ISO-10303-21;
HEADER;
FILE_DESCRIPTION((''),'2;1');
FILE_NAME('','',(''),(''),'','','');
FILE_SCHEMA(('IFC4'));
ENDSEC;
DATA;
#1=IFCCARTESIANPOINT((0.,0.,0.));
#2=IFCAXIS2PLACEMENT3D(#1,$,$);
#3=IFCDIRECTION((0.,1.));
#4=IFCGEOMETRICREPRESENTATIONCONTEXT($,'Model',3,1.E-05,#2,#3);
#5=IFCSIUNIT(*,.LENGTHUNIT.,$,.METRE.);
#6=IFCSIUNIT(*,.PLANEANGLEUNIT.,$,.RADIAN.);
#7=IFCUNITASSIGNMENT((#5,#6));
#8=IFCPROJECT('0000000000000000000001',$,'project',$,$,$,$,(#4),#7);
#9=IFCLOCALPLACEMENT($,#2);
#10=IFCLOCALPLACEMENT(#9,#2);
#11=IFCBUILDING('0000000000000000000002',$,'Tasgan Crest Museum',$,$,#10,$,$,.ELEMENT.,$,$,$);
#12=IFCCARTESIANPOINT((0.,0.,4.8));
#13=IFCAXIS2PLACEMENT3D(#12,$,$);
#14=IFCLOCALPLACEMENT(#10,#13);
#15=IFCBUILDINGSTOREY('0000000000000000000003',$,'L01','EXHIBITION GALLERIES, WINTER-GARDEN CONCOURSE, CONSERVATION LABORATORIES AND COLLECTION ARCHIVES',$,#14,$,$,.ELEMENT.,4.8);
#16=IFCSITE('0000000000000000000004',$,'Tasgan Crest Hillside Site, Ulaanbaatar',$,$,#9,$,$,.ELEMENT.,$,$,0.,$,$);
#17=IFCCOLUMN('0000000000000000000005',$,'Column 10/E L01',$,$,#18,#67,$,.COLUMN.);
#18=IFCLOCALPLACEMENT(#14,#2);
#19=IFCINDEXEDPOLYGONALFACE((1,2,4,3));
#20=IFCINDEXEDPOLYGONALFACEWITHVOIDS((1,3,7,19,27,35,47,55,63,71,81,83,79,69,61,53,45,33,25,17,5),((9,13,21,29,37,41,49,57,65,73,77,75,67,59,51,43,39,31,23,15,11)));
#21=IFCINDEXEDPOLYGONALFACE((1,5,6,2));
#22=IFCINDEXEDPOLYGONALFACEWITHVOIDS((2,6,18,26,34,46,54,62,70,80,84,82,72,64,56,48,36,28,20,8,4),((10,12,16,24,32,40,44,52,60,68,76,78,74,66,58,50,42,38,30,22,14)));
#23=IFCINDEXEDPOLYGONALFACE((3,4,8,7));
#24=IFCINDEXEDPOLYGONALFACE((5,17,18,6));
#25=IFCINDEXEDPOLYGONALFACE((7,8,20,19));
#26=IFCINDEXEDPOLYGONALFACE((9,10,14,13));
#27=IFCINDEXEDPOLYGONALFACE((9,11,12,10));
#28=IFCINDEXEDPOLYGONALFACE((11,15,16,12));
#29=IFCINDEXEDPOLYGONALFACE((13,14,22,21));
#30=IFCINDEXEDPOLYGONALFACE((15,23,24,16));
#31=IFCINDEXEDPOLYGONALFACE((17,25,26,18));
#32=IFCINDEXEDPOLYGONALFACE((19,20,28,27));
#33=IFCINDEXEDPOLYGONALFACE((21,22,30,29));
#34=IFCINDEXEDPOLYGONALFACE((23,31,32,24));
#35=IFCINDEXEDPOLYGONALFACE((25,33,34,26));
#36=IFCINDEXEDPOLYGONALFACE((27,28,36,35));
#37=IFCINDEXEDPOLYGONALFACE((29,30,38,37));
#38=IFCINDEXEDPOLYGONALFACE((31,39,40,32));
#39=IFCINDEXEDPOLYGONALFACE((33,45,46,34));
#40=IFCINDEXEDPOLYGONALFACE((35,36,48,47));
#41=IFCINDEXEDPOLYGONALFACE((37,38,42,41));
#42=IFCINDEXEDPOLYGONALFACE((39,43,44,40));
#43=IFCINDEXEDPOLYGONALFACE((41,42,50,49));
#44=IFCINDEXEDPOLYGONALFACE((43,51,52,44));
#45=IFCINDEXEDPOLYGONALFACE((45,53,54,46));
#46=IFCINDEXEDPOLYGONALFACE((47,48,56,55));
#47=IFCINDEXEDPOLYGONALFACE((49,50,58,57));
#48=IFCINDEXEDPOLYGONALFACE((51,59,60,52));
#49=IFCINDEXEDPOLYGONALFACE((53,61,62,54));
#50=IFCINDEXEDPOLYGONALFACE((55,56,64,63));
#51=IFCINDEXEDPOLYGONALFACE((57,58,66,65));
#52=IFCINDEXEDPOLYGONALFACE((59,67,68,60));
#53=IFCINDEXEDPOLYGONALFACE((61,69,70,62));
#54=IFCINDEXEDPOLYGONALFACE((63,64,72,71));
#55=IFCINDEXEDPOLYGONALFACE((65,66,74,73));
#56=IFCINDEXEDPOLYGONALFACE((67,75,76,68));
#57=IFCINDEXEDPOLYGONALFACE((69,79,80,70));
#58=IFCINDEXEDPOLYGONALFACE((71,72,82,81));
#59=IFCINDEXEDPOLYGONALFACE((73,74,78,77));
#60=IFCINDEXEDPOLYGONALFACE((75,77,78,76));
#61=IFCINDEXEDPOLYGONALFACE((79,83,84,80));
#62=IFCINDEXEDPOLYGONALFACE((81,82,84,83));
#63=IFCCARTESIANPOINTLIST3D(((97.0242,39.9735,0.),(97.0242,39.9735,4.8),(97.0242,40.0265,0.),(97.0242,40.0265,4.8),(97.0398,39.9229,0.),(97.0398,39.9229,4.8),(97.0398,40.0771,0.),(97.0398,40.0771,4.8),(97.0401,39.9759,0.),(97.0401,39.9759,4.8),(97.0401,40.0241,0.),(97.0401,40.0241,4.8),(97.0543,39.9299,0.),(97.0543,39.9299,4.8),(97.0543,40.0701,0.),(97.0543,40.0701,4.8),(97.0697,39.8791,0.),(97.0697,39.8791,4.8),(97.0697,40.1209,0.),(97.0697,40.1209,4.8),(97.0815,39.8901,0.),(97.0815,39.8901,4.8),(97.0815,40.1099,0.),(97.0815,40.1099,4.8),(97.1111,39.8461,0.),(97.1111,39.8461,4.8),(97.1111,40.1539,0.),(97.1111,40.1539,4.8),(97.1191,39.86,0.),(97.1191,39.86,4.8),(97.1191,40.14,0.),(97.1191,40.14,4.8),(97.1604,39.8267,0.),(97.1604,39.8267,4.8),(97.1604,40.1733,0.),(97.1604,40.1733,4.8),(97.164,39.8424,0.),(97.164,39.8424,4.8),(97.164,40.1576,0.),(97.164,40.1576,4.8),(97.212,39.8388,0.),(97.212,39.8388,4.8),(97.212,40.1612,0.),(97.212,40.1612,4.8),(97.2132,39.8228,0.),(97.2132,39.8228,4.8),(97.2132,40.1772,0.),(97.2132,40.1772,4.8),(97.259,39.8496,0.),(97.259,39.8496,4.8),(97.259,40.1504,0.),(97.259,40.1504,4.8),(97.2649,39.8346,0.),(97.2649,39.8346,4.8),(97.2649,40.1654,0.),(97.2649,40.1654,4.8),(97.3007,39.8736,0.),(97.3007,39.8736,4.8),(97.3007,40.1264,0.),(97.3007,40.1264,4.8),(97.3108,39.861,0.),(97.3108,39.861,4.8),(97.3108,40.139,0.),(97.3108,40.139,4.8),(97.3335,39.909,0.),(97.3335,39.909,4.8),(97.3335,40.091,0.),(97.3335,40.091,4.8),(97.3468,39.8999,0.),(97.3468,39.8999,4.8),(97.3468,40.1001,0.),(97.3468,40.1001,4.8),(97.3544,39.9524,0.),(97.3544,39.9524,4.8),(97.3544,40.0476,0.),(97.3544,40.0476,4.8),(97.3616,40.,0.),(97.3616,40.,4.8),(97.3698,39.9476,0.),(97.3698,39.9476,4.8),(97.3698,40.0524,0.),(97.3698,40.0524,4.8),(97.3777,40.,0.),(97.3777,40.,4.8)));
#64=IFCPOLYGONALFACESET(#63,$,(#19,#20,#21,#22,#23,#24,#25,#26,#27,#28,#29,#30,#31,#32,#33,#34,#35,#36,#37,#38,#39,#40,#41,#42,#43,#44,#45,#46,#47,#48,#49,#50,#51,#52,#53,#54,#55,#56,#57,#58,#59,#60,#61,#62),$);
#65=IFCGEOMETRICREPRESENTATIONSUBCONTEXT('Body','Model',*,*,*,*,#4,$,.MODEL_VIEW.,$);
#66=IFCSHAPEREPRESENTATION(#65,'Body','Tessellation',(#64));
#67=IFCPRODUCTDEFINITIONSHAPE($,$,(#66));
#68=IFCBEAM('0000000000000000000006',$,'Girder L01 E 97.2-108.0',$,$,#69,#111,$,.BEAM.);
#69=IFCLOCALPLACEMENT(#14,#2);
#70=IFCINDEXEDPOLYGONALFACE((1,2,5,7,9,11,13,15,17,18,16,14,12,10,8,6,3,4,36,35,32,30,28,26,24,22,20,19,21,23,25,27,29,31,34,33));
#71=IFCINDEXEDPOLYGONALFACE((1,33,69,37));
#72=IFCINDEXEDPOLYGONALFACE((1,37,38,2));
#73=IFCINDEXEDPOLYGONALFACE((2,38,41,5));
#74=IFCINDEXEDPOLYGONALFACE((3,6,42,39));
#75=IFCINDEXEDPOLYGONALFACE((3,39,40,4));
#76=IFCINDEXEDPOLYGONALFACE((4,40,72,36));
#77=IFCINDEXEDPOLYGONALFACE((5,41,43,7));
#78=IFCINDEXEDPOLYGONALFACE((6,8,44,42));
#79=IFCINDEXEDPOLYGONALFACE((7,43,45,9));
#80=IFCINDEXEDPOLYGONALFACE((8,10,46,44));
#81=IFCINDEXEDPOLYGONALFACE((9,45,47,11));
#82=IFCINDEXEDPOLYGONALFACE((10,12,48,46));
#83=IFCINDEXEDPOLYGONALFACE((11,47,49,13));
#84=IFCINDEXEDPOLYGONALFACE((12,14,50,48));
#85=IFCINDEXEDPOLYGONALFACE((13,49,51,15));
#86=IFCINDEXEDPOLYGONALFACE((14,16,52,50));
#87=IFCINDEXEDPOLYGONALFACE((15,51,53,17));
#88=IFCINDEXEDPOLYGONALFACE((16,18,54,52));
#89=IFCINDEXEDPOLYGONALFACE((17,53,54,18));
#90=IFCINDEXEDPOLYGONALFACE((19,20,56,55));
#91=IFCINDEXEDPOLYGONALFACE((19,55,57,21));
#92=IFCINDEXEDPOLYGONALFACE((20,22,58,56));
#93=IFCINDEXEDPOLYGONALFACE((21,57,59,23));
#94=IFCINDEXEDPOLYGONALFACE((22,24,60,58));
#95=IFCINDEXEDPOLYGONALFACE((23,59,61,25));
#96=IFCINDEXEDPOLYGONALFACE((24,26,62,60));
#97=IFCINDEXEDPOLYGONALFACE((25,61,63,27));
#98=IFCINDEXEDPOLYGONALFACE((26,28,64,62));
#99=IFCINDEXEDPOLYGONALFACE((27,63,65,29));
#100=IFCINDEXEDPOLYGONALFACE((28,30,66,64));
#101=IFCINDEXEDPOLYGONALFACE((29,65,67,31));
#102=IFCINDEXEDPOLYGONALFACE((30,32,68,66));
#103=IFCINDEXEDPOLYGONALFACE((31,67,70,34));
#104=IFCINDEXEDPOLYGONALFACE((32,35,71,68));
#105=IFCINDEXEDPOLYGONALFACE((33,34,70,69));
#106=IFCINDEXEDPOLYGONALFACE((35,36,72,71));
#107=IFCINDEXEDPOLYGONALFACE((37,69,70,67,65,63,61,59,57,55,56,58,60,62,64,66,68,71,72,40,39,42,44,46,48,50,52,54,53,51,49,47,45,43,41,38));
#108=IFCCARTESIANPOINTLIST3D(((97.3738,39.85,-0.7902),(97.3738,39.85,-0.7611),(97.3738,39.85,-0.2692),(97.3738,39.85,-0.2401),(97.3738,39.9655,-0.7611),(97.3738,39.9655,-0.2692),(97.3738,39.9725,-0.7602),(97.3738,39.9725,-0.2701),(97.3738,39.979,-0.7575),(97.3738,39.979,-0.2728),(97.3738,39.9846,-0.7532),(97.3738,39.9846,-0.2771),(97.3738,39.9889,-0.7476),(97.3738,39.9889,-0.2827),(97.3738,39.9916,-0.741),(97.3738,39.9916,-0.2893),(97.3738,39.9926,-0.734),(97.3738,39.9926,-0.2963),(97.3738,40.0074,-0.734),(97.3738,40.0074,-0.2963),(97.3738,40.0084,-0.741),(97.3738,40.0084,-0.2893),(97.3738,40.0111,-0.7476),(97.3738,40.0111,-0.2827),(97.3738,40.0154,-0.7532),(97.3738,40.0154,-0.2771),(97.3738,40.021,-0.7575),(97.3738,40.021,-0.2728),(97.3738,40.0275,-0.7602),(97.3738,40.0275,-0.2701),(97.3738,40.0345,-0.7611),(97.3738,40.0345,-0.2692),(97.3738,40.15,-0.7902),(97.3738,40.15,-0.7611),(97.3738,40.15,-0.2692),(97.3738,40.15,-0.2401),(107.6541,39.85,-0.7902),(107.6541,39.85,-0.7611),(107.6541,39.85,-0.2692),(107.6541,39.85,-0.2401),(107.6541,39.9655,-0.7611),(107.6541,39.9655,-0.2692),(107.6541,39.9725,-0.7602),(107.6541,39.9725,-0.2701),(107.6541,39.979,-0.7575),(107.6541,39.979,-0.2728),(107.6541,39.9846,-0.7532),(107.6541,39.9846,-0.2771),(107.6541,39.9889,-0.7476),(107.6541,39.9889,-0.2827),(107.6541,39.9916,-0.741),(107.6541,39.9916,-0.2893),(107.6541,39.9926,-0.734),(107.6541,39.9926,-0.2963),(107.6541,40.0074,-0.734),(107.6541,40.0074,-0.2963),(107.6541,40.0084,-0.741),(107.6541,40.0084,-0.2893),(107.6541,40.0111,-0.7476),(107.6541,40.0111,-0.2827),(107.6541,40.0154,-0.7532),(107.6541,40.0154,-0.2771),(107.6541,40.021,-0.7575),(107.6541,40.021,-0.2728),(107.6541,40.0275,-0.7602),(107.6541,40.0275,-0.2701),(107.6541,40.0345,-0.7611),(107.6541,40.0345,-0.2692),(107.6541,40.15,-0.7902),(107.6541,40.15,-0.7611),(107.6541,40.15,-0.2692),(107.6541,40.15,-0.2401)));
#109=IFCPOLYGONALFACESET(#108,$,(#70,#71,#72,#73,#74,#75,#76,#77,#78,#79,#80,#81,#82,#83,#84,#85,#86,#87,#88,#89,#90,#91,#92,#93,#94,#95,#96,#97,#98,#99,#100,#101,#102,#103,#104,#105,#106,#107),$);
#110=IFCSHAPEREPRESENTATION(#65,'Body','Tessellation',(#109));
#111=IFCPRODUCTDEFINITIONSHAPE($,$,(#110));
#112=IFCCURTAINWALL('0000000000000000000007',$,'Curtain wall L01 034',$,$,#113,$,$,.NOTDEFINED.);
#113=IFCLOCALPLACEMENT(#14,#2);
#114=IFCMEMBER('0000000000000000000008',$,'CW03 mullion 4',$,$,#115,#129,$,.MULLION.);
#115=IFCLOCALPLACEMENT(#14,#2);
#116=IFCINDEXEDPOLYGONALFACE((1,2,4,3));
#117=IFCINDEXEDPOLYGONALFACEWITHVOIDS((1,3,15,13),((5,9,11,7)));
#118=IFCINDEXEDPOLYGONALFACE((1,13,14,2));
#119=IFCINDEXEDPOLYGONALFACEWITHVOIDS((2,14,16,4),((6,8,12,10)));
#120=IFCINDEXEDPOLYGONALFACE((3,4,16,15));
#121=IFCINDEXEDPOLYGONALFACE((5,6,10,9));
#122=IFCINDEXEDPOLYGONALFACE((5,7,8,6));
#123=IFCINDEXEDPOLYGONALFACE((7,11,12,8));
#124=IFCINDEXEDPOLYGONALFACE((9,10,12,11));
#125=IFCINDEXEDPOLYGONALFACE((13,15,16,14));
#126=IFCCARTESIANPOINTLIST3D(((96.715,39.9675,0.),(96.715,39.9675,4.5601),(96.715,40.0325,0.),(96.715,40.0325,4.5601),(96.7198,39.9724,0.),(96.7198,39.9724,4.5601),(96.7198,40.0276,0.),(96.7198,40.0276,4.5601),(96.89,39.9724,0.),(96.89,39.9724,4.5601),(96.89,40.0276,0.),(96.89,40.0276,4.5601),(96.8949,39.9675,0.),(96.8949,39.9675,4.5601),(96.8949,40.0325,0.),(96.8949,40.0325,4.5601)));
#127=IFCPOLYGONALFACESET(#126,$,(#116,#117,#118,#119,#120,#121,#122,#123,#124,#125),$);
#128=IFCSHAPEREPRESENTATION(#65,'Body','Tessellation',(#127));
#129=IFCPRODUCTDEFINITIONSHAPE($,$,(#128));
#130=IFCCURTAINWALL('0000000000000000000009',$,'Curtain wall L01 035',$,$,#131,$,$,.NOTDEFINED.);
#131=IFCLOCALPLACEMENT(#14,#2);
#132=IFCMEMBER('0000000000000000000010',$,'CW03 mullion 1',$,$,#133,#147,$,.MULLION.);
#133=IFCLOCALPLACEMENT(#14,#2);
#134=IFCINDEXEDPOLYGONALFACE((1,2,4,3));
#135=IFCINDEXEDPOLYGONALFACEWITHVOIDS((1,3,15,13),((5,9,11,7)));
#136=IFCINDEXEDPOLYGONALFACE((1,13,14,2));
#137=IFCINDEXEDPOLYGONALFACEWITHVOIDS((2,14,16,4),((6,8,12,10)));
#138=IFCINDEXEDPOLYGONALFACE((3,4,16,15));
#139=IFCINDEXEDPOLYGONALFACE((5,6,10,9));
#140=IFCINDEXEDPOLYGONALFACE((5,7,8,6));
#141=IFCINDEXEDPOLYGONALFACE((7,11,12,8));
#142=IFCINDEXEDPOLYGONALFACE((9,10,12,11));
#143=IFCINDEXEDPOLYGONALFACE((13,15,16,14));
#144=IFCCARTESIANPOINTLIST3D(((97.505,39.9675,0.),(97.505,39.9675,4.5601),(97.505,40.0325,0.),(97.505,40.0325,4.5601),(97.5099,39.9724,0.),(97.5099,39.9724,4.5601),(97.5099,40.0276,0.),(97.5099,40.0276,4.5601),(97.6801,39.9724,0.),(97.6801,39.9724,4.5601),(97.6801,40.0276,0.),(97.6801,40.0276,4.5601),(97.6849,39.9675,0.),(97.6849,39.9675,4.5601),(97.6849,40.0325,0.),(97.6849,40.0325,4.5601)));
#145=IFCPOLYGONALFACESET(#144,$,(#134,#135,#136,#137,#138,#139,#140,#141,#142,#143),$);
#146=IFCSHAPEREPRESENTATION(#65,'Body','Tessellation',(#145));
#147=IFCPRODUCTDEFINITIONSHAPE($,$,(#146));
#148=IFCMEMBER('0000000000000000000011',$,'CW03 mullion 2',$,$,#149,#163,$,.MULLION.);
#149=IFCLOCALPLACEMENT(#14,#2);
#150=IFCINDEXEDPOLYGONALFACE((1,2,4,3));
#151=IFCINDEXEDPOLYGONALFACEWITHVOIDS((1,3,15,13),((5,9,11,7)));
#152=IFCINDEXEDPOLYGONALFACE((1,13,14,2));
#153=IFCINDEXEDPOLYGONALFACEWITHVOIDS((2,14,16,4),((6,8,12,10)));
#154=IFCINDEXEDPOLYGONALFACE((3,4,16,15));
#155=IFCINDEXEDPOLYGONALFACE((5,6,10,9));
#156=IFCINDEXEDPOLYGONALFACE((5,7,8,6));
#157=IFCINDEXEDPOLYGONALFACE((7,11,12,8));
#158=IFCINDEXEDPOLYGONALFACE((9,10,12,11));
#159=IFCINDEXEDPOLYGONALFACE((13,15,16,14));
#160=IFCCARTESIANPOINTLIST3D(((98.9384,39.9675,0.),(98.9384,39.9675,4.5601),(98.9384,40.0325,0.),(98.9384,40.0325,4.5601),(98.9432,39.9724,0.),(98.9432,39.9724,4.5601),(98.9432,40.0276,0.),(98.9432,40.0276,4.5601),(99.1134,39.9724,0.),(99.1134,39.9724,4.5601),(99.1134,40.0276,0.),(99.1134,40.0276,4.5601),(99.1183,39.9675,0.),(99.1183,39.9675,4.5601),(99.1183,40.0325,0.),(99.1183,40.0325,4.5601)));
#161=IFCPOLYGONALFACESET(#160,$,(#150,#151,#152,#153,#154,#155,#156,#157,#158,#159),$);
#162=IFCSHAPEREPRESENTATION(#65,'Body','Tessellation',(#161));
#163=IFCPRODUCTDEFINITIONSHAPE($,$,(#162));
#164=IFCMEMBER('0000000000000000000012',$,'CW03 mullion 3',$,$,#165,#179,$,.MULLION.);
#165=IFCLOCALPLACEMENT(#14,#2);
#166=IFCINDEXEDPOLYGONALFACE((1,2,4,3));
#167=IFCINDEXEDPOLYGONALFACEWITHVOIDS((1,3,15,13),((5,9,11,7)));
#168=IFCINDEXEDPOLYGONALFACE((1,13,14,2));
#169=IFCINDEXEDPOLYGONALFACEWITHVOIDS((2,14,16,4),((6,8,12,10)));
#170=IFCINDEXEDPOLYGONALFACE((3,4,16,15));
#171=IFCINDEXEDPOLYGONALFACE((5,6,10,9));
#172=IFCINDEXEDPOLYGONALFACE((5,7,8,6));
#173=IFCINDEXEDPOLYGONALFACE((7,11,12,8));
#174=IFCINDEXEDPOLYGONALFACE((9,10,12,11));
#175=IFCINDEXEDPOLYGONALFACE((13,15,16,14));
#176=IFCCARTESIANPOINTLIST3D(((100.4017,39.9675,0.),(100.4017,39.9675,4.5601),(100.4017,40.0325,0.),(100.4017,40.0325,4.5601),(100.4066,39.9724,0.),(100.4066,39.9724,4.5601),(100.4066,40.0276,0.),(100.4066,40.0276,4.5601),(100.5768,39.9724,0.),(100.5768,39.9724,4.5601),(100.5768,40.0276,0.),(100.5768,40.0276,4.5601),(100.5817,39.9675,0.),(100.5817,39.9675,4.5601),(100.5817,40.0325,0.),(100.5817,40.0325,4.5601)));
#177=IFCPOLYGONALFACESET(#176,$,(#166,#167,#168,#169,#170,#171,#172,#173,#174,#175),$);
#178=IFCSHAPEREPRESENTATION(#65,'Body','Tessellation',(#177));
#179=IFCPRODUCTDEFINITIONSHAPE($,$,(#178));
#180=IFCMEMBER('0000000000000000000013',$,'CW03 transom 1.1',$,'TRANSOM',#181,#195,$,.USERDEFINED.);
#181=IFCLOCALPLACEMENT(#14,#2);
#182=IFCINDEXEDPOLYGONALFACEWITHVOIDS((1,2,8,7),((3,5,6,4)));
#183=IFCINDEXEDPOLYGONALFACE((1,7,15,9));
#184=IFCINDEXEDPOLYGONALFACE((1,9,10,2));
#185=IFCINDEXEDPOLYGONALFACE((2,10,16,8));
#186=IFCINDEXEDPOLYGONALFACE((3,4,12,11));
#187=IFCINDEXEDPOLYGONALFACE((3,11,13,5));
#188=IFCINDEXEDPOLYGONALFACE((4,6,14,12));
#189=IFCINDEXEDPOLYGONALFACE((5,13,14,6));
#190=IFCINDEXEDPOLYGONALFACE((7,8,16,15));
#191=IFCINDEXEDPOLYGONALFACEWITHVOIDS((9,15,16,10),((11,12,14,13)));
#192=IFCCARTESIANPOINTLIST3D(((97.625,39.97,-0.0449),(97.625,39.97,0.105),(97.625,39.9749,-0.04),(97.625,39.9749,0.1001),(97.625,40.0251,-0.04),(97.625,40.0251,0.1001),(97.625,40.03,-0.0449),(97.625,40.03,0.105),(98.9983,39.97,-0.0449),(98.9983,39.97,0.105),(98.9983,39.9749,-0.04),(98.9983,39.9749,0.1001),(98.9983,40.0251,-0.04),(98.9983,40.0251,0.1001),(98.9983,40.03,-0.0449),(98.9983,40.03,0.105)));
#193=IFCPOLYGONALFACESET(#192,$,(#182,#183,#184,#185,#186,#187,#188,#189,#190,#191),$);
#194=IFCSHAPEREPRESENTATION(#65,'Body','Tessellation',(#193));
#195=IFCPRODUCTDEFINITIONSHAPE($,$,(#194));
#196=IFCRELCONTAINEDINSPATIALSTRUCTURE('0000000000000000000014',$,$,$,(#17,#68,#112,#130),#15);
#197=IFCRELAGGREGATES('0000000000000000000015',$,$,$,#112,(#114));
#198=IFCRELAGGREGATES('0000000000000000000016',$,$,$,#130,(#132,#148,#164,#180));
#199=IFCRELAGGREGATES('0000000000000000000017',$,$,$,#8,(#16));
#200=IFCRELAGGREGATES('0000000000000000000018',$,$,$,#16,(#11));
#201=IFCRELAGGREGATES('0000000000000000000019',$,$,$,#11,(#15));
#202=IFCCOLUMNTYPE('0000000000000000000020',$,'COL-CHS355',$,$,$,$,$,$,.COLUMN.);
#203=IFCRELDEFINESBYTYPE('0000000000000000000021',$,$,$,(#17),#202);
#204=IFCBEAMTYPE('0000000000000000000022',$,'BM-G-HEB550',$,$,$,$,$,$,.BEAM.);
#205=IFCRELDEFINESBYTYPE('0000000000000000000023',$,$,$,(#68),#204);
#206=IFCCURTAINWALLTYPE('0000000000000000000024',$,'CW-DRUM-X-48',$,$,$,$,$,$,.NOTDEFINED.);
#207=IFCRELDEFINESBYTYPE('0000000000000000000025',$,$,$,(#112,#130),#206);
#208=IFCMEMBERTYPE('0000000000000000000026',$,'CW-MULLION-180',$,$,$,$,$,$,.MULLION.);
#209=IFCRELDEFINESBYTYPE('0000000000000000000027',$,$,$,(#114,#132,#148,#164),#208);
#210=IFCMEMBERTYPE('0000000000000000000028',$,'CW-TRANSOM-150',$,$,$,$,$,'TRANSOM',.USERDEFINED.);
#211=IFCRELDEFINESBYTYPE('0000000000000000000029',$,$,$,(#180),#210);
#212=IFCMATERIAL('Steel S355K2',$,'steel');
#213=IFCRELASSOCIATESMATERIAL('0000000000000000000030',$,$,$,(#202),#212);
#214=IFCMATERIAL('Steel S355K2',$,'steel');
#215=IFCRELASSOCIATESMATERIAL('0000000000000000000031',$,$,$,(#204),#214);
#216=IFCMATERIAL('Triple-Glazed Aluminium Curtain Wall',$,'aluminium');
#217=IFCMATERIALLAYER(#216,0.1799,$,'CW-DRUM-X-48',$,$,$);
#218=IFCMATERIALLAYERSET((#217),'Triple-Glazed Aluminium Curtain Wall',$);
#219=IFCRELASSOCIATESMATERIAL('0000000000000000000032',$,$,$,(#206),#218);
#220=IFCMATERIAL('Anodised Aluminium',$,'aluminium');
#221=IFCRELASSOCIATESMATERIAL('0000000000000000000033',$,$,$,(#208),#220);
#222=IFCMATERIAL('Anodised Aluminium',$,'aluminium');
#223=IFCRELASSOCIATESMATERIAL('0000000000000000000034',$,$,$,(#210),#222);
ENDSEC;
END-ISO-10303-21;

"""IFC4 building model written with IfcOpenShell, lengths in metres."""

from ifc_helpers import new_model, si_unit, direction, frame, origin, origin_2d, place, context, subcontext, project, spatial, hollow_rectangle, hollow_circle, i_section, extrude, material, layer, layer_set, material_profile, profile_set, type_object, element, aggregate, save


model = new_model("IFC4")

# Units and contexts
model_context = context("Model", 3, precision=1e-05, world=origin(), true_north=direction((0.0, 1.0)))
body_context = subcontext(model_context, "Body", "Model", "MODEL_VIEW")
ifc_project = project(units=[si_unit("LENGTHUNIT", "METRE"), si_unit("PLANEANGLEUNIT", "RADIAN")], contexts=[model_context])

# Site, building, storey
site_placement = place(None, origin())
site = spatial("IfcSite", under=ifc_project, at=site_placement, Name="Tasgan Crest Hillside Site, Ulaanbaatar", CompositionType="ELEMENT", RefElevation=0.0)
building_placement = place(site_placement, origin())
building = spatial("IfcBuilding", under=site, at=building_placement, Name="Tasgan Crest Museum", CompositionType="ELEMENT")
storey_placement = place(building_placement, frame((0.0, 0.0, 4.8)))
storey = spatial("IfcBuildingStorey", under=building, at=storey_placement, Name="L01", Description="EXHIBITION GALLERIES, WINTER-GARDEN CONCOURSE, CONSERVATION LABORATORIES AND COLLECTION ARCHIVES", CompositionType="ELEMENT", Elevation=4.8)

# Column
ifc_material_1 = material(Name="Steel S355K2", Category="steel")
ifc_material_profile_1 = material_profile(ifc_material_1, hollow_circle(Radius=0.1777, WallThickness=0.0161, at=origin_2d()), Name="CHS 355.6x16")
ifc_profile_set_1 = profile_set([ifc_material_profile_1], Name="Steel S355K2")
column_type = type_object("IfcColumnType", Name="COL-CHS355", PredefinedType="COLUMN", material=ifc_profile_set_1)
column_placement = place(storey_placement, frame((97.2, 40.0, 0.0), z_axis=(0.0, 0.0, 1.0), x_axis=(1.0, 0.0, 0.0)))
element("IfcColumn", 1, at=column_placement, inside=storey, type_object=column_type, Name="Column 10/E L01", PredefinedType="COLUMN", context=body_context, shape_type="SweptSolid", body=[
    extrude(hollow_circle(Radius=0.1777, WallThickness=0.0161, at=origin_2d()), origin(), (0.0, 0.0, 1.0), 4.8),
])

# Beam
ifc_material_2 = material(Name="Steel S355K2", Category="steel")
ifc_material_profile_2 = material_profile(ifc_material_2, i_section(OverallWidth=0.3, OverallDepth=0.55, WebThickness=0.0149, FlangeThickness=0.0291, FilletRadius=0.0271, at=origin_2d()), Name="HEB 550")
ifc_profile_set_2 = profile_set([ifc_material_profile_2], Name="Steel S355K2")
beam_type = type_object("IfcBeamType", Name="BM-G-HEB550", PredefinedType="BEAM", material=ifc_profile_set_2)
beam_placement = place(storey_placement, frame((97.3738, 40.0, -0.5151), z_axis=(1.0, 0.0, 0.0), x_axis=(0.0, 1.0, 0.0)))
element("IfcBeam", 2, at=beam_placement, inside=storey, type_object=beam_type, Name="Girder L01 E 97.2-108.0", PredefinedType="BEAM", context=body_context, shape_type="SweptSolid", body=[
    extrude(i_section(OverallWidth=0.3, OverallDepth=0.55, WebThickness=0.0149, FlangeThickness=0.0291, FilletRadius=0.0271, at=origin_2d()), origin(), (0.0, 0.0, 1.0), 10.2803),
])

# Curtain wall, member
ifc_material_3 = material(Name="Triple-Glazed Aluminium Curtain Wall", Category="aluminium")
ifc_layer_1 = layer(ifc_material_3, 0.1799, Name="CW-DRUM-X-48")
ifc_layer_set_1 = layer_set([ifc_layer_1], Name="Triple-Glazed Aluminium Curtain Wall")
curtain_wall_type_1 = type_object("IfcCurtainWallType", Name="CW-DRUM-X-48", PredefinedType="NOTDEFINED", material=ifc_layer_set_1)
curtain_wall_1_placement = place(storey_placement, origin())
curtain_wall_1 = element("IfcCurtainWall", 3, at=curtain_wall_1_placement, inside=storey, type_object=curtain_wall_type_1, Name="Curtain wall L01 034", PredefinedType="NOTDEFINED")
ifc_material_4 = material(Name="Anodised Aluminium", Category="aluminium")
ifc_material_profile_3 = material_profile(ifc_material_4, hollow_rectangle(XDim=0.0649, YDim=0.1799, WallThickness=0.0049, at=origin_2d()), Name="ALU MULLION 180x65x5")
ifc_profile_set_3 = profile_set([ifc_material_profile_3], Name="Anodised Aluminium")
member_type_1 = type_object("IfcMemberType", Name="CW-MULLION-180", PredefinedType="MULLION", material=ifc_profile_set_3)
member_1_placement = place(storey_placement, frame((96.8049, 40.0, 0.0), z_axis=(0.0, 0.0, 1.0), x_axis=(0.0, 1.0, 0.0)))
member_1 = element("IfcMember", 4, at=member_1_placement, type_object=member_type_1, Name="CW03 mullion 4", PredefinedType="MULLION", context=body_context, shape_type="SweptSolid", body=[
    extrude(hollow_rectangle(XDim=0.0649, YDim=0.1799, WallThickness=0.0049, at=origin_2d()), origin(), (0.0, 0.0, 1.0), 4.5601),
])
aggregate(curtain_wall_1, [member_1])

# Curtain wall, members
curtain_wall_2_placement = place(storey_placement, origin())
curtain_wall_2 = element("IfcCurtainWall", 5, at=curtain_wall_2_placement, inside=storey, type_object=curtain_wall_type_1, Name="Curtain wall L01 035", PredefinedType="NOTDEFINED")
member_2_placement = place(storey_placement, frame((97.595, 40.0, 0.0), z_axis=(0.0, 0.0, 1.0), x_axis=(0.0, 1.0, 0.0)))
member_2 = element("IfcMember", 6, at=member_2_placement, type_object=member_type_1, Name="CW03 mullion 1", PredefinedType="MULLION", context=body_context, shape_type="SweptSolid", body=[
    extrude(hollow_rectangle(XDim=0.0649, YDim=0.1799, WallThickness=0.0049, at=origin_2d()), origin(), (0.0, 0.0, 1.0), 4.5601),
])
member_3_placement = place(storey_placement, frame((99.0283, 40.0, 0.0), z_axis=(0.0, 0.0, 1.0), x_axis=(0.0, 1.0, 0.0)))
member_3 = element("IfcMember", 7, at=member_3_placement, type_object=member_type_1, Name="CW03 mullion 2", PredefinedType="MULLION", context=body_context, shape_type="SweptSolid", body=[
    extrude(hollow_rectangle(XDim=0.0649, YDim=0.1799, WallThickness=0.0049, at=origin_2d()), origin(), (0.0, 0.0, 1.0), 4.5601),
])
member_4_placement = place(storey_placement, frame((100.4917, 40.0, 0.0), z_axis=(0.0, 0.0, 1.0), x_axis=(0.0, 1.0, 0.0)))
member_4 = element("IfcMember", 8, at=member_4_placement, type_object=member_type_1, Name="CW03 mullion 3", PredefinedType="MULLION", context=body_context, shape_type="SweptSolid", body=[
    extrude(hollow_rectangle(XDim=0.0649, YDim=0.1799, WallThickness=0.0049, at=origin_2d()), origin(), (0.0, 0.0, 1.0), 4.5601),
])
ifc_material_5 = material(Name="Anodised Aluminium", Category="aluminium")
ifc_material_profile_4 = material_profile(ifc_material_5, hollow_rectangle(XDim=0.0601, YDim=0.1499, WallThickness=0.0049, at=origin_2d()), Name="ALU TRANSOM 150x60x5")
ifc_profile_set_4 = profile_set([ifc_material_profile_4], Name="Anodised Aluminium")
member_type_2 = type_object("IfcMemberType", Name="CW-TRANSOM-150", ElementType="TRANSOM", PredefinedType="USERDEFINED", material=ifc_profile_set_4)
member_5_placement = place(storey_placement, frame((97.625, 40.0, 0.03), z_axis=(1.0, 0.0, 0.0), x_axis=(0.0, 1.0, 0.0)))
member_5 = element("IfcMember", 9, at=member_5_placement, type_object=member_type_2, Name="CW03 transom 1.1", ObjectType="TRANSOM", PredefinedType="USERDEFINED", context=body_context, shape_type="SweptSolid", body=[
    extrude(hollow_rectangle(XDim=0.0601, YDim=0.1499, WallThickness=0.0049, at=origin_2d()), origin(), (0.0, 0.0, 1.0), 1.3733),
])

aggregate(curtain_wall_2, [member_2, member_3, member_4, member_5])

save(model, "model.ifc")
